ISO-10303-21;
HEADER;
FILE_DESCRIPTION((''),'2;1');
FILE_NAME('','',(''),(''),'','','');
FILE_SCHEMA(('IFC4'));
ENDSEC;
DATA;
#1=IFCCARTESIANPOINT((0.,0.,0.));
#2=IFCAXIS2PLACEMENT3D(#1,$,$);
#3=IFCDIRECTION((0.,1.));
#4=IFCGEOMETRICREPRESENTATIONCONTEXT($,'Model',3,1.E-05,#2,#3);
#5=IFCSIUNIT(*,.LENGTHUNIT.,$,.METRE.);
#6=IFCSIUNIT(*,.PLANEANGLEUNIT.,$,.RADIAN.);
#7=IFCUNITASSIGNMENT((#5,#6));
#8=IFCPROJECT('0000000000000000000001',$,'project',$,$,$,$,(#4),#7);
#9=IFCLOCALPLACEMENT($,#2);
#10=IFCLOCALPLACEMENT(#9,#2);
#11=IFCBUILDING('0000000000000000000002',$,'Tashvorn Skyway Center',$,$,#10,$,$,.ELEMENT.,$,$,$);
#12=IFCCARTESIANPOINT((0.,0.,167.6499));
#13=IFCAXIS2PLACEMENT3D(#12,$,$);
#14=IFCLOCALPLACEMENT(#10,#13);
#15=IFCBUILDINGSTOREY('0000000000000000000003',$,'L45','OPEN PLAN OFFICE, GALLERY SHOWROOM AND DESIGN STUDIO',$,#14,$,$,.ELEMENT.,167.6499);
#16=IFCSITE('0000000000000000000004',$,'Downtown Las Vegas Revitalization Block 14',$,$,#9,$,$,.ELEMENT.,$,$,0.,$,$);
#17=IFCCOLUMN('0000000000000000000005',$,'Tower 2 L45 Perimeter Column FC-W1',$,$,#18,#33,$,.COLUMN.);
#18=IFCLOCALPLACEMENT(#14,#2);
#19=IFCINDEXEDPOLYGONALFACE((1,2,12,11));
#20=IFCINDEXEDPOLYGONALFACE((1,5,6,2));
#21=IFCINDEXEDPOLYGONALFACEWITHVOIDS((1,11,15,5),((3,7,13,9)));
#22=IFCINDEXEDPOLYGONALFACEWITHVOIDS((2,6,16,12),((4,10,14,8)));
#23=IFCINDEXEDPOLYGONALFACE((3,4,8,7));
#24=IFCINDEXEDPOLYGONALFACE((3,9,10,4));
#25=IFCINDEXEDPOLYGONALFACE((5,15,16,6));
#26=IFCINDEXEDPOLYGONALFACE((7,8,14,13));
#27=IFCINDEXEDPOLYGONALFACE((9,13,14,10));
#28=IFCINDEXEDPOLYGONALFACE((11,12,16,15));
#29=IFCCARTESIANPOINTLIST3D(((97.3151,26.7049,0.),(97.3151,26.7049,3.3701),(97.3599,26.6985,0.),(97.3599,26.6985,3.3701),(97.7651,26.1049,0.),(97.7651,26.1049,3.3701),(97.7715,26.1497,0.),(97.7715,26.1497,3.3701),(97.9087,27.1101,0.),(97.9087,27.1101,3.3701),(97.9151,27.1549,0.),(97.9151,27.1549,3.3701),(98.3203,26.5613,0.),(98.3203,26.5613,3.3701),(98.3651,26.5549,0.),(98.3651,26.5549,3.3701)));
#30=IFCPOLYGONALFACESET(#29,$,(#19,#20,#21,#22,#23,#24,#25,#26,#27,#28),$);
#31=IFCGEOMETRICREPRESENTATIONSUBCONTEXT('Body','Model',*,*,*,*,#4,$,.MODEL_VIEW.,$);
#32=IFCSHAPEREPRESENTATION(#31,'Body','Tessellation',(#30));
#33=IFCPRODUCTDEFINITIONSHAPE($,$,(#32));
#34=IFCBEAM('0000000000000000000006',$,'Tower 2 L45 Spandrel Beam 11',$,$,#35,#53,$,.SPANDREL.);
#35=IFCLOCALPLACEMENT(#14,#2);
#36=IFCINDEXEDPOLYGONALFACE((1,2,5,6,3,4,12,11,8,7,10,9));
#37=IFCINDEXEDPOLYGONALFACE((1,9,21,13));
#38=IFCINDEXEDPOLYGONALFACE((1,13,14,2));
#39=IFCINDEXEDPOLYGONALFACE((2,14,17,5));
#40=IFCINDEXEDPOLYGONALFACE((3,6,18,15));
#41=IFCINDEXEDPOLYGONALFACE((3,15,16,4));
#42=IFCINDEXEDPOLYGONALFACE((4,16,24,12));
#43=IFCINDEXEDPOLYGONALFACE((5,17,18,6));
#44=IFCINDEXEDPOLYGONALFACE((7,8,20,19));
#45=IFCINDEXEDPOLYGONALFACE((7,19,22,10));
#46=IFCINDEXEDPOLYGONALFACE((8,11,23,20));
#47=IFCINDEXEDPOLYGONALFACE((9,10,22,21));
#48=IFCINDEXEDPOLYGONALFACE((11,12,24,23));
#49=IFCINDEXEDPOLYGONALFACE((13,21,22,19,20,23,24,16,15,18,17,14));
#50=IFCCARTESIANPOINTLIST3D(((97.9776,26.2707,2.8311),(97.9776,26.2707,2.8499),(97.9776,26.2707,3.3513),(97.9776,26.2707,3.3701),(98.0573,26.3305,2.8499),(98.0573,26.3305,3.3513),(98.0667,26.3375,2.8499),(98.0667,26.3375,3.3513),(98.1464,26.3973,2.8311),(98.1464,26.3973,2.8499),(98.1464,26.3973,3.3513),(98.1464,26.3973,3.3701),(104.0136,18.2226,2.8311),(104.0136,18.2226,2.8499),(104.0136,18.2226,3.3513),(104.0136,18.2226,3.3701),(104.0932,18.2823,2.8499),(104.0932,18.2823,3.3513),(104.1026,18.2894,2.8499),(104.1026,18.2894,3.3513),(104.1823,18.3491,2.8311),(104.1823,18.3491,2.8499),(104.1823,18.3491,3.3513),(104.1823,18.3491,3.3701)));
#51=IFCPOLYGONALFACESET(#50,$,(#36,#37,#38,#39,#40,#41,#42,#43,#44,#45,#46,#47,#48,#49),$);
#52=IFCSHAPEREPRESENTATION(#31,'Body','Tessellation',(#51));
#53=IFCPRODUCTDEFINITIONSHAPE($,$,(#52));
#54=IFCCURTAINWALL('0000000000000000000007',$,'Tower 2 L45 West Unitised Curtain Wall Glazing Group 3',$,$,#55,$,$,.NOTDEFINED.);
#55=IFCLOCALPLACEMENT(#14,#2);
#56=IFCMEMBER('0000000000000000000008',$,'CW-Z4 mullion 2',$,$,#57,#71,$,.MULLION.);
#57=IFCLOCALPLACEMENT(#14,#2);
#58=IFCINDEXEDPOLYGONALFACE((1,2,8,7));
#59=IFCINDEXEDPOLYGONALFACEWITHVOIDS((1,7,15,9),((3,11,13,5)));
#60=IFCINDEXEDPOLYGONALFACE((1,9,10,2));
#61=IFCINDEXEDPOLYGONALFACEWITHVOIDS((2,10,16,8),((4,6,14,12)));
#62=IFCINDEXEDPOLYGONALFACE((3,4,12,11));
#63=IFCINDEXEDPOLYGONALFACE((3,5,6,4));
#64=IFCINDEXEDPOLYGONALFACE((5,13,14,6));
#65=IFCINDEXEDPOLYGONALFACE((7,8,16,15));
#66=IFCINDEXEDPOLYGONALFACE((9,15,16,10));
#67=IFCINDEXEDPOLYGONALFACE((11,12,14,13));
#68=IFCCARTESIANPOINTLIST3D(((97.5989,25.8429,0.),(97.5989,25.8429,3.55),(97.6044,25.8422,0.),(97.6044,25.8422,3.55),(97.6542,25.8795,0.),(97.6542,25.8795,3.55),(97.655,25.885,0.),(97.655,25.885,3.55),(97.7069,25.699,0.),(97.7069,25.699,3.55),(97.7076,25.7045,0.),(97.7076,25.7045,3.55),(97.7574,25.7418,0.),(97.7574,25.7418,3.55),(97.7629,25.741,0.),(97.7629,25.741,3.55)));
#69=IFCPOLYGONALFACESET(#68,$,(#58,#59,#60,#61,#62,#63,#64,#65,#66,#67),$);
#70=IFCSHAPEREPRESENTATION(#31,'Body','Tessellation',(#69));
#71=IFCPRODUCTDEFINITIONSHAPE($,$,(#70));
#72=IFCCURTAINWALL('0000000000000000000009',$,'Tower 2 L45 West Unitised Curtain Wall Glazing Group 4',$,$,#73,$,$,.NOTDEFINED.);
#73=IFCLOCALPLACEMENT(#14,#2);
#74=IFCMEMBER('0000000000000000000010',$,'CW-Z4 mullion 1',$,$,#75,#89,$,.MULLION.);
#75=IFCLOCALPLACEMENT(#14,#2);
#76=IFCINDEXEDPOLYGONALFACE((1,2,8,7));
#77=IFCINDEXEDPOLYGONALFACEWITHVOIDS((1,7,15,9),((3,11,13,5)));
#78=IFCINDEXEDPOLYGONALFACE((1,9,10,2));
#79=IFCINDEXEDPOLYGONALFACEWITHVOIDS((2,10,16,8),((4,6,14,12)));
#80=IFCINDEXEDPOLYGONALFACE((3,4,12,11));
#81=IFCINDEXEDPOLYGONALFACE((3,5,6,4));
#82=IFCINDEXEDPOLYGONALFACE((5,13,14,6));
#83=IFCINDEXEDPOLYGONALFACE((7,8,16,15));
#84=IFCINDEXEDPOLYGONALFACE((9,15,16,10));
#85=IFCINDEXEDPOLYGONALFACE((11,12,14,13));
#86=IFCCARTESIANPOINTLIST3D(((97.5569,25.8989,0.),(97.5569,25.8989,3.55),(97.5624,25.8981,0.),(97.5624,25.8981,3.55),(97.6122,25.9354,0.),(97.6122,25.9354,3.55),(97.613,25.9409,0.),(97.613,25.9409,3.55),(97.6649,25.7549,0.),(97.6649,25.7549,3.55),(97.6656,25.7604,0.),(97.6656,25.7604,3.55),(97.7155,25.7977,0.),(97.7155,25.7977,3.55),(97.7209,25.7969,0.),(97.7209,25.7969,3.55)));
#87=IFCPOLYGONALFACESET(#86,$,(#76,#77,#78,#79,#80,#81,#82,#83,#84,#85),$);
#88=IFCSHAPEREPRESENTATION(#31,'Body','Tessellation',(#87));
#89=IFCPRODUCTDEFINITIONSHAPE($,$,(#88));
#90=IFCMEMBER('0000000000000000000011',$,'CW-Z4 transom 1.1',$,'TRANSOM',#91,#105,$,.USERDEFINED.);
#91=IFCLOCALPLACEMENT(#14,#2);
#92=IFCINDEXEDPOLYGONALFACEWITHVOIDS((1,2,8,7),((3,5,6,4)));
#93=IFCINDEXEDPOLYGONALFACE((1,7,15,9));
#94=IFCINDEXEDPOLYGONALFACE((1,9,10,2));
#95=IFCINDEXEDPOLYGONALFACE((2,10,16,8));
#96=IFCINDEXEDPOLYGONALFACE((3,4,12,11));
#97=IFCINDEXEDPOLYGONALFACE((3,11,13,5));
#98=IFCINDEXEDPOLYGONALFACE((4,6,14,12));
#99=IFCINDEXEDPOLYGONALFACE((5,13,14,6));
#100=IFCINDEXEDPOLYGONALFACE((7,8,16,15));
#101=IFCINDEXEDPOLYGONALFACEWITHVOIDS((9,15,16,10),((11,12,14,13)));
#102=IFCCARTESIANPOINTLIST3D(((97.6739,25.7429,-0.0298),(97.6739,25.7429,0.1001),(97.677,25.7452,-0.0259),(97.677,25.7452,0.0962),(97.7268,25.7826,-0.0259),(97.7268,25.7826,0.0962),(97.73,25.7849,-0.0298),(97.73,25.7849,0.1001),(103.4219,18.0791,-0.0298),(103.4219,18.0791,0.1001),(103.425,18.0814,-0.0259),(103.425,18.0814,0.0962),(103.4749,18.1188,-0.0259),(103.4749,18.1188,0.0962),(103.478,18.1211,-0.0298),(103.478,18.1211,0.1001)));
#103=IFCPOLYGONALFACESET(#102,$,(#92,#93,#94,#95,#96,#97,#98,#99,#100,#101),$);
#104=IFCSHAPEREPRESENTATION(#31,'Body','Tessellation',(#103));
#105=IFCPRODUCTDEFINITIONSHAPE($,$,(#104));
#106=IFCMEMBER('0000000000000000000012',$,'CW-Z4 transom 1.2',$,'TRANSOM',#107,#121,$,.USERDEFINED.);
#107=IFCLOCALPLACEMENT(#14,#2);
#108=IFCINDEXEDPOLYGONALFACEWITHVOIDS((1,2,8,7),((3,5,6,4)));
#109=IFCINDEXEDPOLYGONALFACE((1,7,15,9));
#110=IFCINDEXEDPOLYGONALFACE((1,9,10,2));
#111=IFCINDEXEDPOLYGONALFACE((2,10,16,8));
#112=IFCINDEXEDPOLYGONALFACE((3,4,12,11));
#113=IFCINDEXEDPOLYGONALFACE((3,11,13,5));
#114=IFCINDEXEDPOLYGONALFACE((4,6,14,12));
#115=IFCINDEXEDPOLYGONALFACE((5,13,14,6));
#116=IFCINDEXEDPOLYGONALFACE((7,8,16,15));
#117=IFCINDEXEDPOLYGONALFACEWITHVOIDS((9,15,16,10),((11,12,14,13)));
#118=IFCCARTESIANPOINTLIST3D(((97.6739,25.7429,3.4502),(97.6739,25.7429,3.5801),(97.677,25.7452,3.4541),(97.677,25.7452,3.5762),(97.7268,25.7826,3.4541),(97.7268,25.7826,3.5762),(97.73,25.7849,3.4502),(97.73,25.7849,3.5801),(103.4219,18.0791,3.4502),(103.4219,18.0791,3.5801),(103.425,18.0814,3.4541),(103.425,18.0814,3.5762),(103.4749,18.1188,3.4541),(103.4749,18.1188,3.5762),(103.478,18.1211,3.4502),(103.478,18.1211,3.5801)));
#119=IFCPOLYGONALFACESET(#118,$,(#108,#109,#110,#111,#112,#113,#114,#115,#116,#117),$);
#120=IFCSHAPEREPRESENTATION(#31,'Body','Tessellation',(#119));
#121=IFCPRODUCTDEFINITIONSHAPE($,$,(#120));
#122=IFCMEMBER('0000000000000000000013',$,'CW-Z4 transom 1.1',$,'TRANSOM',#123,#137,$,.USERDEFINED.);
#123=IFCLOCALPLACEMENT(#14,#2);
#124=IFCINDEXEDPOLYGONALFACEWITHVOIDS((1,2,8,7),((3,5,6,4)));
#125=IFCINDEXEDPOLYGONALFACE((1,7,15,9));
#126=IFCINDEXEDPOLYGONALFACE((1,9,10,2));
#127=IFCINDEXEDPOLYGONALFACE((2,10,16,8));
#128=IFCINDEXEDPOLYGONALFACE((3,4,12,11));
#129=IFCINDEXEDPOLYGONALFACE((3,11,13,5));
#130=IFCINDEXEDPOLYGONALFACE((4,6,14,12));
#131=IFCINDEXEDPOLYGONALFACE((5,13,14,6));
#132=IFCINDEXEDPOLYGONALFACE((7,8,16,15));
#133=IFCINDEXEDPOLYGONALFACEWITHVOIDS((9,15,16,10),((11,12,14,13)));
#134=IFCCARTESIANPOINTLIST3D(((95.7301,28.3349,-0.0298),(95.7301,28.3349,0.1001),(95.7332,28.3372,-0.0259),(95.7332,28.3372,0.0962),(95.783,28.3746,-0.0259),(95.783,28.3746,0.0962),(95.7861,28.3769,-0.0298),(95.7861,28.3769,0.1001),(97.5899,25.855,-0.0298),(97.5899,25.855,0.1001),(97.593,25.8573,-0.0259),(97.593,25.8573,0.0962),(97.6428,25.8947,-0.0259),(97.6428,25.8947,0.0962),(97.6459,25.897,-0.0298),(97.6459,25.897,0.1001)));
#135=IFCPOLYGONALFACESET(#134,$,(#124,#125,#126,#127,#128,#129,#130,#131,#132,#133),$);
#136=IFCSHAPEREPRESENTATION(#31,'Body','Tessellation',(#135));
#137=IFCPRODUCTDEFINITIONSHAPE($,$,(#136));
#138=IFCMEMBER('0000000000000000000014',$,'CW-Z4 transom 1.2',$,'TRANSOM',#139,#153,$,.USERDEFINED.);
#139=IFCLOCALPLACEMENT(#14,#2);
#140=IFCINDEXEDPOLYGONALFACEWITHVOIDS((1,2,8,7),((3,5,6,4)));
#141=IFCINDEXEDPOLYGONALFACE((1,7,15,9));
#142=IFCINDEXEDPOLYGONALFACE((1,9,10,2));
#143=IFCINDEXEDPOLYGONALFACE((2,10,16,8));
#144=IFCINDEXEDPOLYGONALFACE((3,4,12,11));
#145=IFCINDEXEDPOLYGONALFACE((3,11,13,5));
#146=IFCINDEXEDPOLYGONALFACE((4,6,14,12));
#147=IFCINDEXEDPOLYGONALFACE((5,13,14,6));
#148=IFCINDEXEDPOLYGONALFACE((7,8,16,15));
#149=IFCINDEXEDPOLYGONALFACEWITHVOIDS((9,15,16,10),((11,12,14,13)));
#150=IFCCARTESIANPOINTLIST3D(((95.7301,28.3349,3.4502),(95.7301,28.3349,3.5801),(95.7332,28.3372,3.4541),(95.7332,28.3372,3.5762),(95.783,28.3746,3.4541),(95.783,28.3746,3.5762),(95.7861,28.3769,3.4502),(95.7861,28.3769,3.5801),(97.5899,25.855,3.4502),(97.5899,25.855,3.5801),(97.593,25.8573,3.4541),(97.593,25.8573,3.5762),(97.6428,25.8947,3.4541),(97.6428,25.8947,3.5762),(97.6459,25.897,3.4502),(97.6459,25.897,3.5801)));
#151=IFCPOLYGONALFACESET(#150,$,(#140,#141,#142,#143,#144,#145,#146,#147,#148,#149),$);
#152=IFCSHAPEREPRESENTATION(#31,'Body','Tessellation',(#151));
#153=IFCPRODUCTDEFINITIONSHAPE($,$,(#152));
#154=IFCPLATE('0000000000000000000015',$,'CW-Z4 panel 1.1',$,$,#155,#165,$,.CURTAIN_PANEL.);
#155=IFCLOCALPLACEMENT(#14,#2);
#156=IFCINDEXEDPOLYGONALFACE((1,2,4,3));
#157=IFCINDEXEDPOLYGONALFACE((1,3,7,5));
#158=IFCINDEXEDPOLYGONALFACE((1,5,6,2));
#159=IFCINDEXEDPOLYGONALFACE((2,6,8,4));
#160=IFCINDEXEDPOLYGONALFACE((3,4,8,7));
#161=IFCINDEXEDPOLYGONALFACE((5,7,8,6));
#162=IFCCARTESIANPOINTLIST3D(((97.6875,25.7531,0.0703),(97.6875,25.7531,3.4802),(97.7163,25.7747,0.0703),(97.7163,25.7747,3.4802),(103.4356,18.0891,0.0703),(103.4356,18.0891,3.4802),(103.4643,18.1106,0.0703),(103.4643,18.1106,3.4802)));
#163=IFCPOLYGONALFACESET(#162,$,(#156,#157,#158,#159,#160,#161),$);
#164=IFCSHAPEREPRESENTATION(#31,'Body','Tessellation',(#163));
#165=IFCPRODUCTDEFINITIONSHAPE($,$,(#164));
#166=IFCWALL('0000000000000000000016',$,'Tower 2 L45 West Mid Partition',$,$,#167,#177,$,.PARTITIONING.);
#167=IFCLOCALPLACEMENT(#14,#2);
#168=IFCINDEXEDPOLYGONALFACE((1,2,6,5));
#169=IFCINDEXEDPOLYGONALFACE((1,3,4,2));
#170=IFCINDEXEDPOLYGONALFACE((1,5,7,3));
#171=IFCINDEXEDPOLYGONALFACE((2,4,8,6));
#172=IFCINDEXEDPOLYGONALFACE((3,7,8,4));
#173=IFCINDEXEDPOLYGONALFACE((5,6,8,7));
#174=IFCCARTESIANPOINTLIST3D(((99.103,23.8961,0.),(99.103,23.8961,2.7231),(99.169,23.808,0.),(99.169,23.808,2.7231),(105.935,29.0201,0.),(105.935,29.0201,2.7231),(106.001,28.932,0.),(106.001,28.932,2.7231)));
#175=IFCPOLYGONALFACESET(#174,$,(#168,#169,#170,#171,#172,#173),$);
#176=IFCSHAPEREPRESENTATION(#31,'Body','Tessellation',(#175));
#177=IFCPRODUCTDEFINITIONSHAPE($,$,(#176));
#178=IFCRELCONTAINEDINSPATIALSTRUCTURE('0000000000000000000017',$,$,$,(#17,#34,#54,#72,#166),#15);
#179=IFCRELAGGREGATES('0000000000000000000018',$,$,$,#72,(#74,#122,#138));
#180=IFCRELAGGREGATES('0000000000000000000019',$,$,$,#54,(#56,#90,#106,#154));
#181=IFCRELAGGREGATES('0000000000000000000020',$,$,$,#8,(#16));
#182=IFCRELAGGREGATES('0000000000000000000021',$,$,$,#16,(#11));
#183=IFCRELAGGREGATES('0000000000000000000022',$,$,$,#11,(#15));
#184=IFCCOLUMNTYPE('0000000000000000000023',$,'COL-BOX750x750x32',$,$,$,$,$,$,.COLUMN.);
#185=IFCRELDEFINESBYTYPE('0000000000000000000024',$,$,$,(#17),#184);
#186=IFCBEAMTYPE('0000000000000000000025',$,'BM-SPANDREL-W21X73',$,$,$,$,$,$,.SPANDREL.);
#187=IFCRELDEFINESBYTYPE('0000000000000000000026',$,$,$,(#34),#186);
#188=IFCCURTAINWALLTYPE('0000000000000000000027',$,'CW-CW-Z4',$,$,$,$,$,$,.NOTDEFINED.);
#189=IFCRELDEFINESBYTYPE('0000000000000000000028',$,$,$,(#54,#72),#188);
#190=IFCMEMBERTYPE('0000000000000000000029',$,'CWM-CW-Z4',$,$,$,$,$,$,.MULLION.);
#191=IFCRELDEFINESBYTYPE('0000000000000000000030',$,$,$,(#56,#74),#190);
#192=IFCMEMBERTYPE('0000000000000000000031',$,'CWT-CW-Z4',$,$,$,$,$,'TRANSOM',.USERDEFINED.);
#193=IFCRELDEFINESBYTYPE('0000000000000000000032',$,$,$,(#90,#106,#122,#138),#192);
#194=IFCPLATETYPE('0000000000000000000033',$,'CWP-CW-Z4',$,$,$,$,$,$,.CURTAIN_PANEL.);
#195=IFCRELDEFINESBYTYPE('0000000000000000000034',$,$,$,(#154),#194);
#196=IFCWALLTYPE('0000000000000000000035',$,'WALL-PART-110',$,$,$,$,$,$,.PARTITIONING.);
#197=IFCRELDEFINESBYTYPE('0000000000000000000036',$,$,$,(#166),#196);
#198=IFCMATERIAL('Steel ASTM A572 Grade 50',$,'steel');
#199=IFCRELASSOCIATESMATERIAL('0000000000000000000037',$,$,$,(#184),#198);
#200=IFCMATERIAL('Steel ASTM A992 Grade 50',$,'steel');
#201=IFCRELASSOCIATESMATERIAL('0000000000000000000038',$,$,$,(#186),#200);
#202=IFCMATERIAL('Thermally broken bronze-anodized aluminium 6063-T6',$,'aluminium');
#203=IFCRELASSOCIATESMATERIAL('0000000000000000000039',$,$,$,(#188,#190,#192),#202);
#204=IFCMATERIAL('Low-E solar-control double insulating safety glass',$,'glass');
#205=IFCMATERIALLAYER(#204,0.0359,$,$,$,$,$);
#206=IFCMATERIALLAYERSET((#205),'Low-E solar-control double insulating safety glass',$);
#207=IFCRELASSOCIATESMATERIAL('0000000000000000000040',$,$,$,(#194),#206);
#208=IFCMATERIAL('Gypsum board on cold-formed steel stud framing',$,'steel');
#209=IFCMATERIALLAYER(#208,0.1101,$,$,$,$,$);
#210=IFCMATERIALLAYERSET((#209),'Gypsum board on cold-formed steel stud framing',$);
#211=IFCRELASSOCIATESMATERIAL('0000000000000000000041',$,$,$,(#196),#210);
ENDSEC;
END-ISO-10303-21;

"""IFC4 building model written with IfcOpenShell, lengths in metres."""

from ifc_helpers import new_model, si_unit, direction, frame, frame_2d, origin, origin_2d, place, context, subcontext, project, spatial, rectangle, hollow_rectangle, i_section, extrude, material, layer, layer_set, material_profile, profile_set, type_object, element, aggregate, save


model = new_model("IFC4")

# Units and contexts
model_context = context("Model", 3, precision=1e-05, world=origin(), true_north=direction((0.0, 1.0)))
body_context = subcontext(model_context, "Body", "Model", "MODEL_VIEW")
ifc_project = project(units=[si_unit("LENGTHUNIT", "METRE"), si_unit("PLANEANGLEUNIT", "RADIAN")], contexts=[model_context])

# Site, building, storey
site_placement = place(None, origin())
site = spatial("IfcSite", under=ifc_project, at=site_placement, Name="Downtown Las Vegas Revitalization Block 14", CompositionType="ELEMENT", RefElevation=0.0)
building_placement = place(site_placement, origin())
building = spatial("IfcBuilding", under=site, at=building_placement, Name="Tashvorn Skyway Center", CompositionType="ELEMENT")
storey_placement = place(building_placement, frame((0.0, 0.0, 167.6499)))
storey = spatial("IfcBuildingStorey", under=building, at=storey_placement, Name="L45", Description="OPEN PLAN OFFICE, GALLERY SHOWROOM AND DESIGN STUDIO", CompositionType="ELEMENT", Elevation=167.6499)

# Column
ifc_material_1 = material(Name="Steel ASTM A572 Grade 50", Category="steel")
ifc_material_profile_1 = material_profile(ifc_material_1, hollow_rectangle(XDim=0.75, YDim=0.75, WallThickness=0.032, at=origin_2d()), Name="BOX750x750x32")
ifc_profile_set_1 = profile_set([ifc_material_profile_1], Name="Steel ASTM A572 Grade 50")
column_type = type_object("IfcColumnType", Name="COL-BOX750x750x32", PredefinedType="COLUMN", material=ifc_profile_set_1)
column_placement = place(storey_placement, frame((97.8401, 26.6299, 0.0), z_axis=(0.0, 0.0, 1.0), x_axis=(0.8, 0.6, 0.0)))
element("IfcColumn", 1, at=column_placement, inside=storey, type_object=column_type, Name="Tower 2 L45 Perimeter Column FC-W1", PredefinedType="COLUMN", context=body_context, shape_type="SweptSolid", body=[
    extrude(hollow_rectangle(XDim=0.75, YDim=0.75, WallThickness=0.032, at=origin_2d()), origin(), (0.0, 0.0, 1.0), 3.3701),
])

# Beam
ifc_material_2 = material(Name="Steel ASTM A992 Grade 50", Category="steel")
ifc_material_profile_2 = material_profile(ifc_material_2, i_section(OverallWidth=0.2109, OverallDepth=0.5391, WebThickness=0.0117, FlangeThickness=0.0188, at=origin_2d()), Name="W21X73")
ifc_profile_set_2 = profile_set([ifc_material_profile_2], Name="Steel ASTM A992 Grade 50")
beam_type = type_object("IfcBeamType", Name="BM-SPANDREL-W21X73", PredefinedType="SPANDREL", material=ifc_profile_set_2)
beam_placement = place(storey_placement, frame((98.062, 26.334, 3.1006), z_axis=(0.599988, -0.800009, 0.0), x_axis=(0.800009, 0.599988, 0.0)))
element("IfcBeam", 2, at=beam_placement, inside=storey, type_object=beam_type, Name="Tower 2 L45 Spandrel Beam 11", PredefinedType="SPANDREL", context=body_context, shape_type="SweptSolid", body=[
    extrude(i_section(OverallWidth=0.2109, OverallDepth=0.5391, WebThickness=0.0117, FlangeThickness=0.0188, at=origin_2d()), origin(), (0.0, 0.0, 1.0), 10.0601),
])

# Curtain walls, members
ifc_material_3 = material(Name="Thermally broken bronze-anodized aluminium 6063-T6", Category="aluminium")
curtain_wall_type = type_object("IfcCurtainWallType", Name="CW-CW-Z4", PredefinedType="NOTDEFINED", material=ifc_material_3)
curtain_wall_1_placement = place(storey_placement, origin())
curtain_wall_1 = element("IfcCurtainWall", 3, at=curtain_wall_1_placement, inside=storey, type_object=curtain_wall_type, Name="Tower 2 L45 West Unitised Curtain Wall Glazing Group 3", PredefinedType="NOTDEFINED")
ifc_material_profile_3 = material_profile(ifc_material_3, hollow_rectangle(XDim=0.0701, YDim=0.1799, WallThickness=0.0039, at=origin_2d()), Name="ALU-MULL-70x180")
ifc_profile_set_3 = profile_set([ifc_material_profile_3], Name="Thermally broken bronze-anodized aluminium 6063-T6")
member_type_1 = type_object("IfcMemberType", Name="CWM-CW-Z4", PredefinedType="MULLION", material=ifc_profile_set_3)
member_1_placement = place(storey_placement, frame((97.6809, 25.792, 0.0), z_axis=(0.0, 0.0, 1.0), x_axis=(-0.8, -0.6, 0.0)))
member_1 = element("IfcMember", 4, at=member_1_placement, type_object=member_type_1, Name="CW-Z4 mullion 2", PredefinedType="MULLION", context=body_context, shape_type="SweptSolid", body=[
    extrude(hollow_rectangle(XDim=0.0701, YDim=0.1799, WallThickness=0.0039, at=origin_2d()), origin(), (0.0, 0.0, 1.0), 3.55),
])
curtain_wall_2_placement = place(storey_placement, origin())
curtain_wall_2 = element("IfcCurtainWall", 5, at=curtain_wall_2_placement, inside=storey, type_object=curtain_wall_type, Name="Tower 2 L45 West Unitised Curtain Wall Glazing Group 4", PredefinedType="NOTDEFINED")
member_2_placement = place(storey_placement, frame((97.6389, 25.8479, 0.0), z_axis=(0.0, 0.0, 1.0), x_axis=(-0.8, -0.6, 0.0)))
member_2 = element("IfcMember", 6, at=member_2_placement, type_object=member_type_1, Name="CW-Z4 mullion 1", PredefinedType="MULLION", context=body_context, shape_type="SweptSolid", body=[
    extrude(hollow_rectangle(XDim=0.0701, YDim=0.1799, WallThickness=0.0039, at=origin_2d()), origin(), (0.0, 0.0, 1.0), 3.55),
])

# Members
ifc_material_profile_4 = material_profile(ifc_material_3, hollow_rectangle(XDim=0.0701, YDim=0.1299, WallThickness=0.0039, at=origin_2d()), Name="ALU-TRAN-70x130")
ifc_profile_set_4 = profile_set([ifc_material_profile_4], Name="Thermally broken bronze-anodized aluminium 6063-T6")
member_type_2 = type_object("IfcMemberType", Name="CWT-CW-Z4", ElementType="TRANSOM", PredefinedType="USERDEFINED", material=ifc_profile_set_4)
member_3_placement = place(storey_placement, frame((103.45, 18.1001, 0.0352), z_axis=(-0.600012, 0.799991, 0.0), x_axis=(-0.799991, -0.600012, 0.0)))
member_3 = element("IfcMember", 7, at=member_3_placement, type_object=member_type_2, Name="CW-Z4 transom 1.1", ObjectType="TRANSOM", PredefinedType="USERDEFINED", context=body_context, shape_type="SweptSolid", body=[
    extrude(hollow_rectangle(XDim=0.0701, YDim=0.1299, WallThickness=0.0039, at=origin_2d()), origin(), (0.0, 0.0, 1.0), 9.5798),
])
member_4_placement = place(storey_placement, frame((103.45, 18.1001, 3.5151), z_axis=(-0.600012, 0.799991, 0.0), x_axis=(-0.799991, -0.600012, 0.0)))
member_4 = element("IfcMember", 8, at=member_4_placement, type_object=member_type_2, Name="CW-Z4 transom 1.2", ObjectType="TRANSOM", PredefinedType="USERDEFINED", context=body_context, shape_type="SweptSolid", body=[
    extrude(hollow_rectangle(XDim=0.0701, YDim=0.1299, WallThickness=0.0039, at=origin_2d()), origin(), (0.0, 0.0, 1.0), 9.5798),
])
member_5_placement = place(storey_placement, frame((97.6179, 25.876, 0.0352), z_axis=(-0.599975, 0.800019, 0.0), x_axis=(-0.800019, -0.599975, 0.0)))
member_5 = element("IfcMember", 9, at=member_5_placement, type_object=member_type_2, Name="CW-Z4 transom 1.1", ObjectType="TRANSOM", PredefinedType="USERDEFINED", context=body_context, shape_type="SweptSolid", body=[
    extrude(hollow_rectangle(XDim=0.0701, YDim=0.1299, WallThickness=0.0039, at=origin_2d()), origin(), (0.0, 0.0, 1.0), 3.0999),
])
member_6_placement = place(storey_placement, frame((97.6179, 25.876, 3.5151), z_axis=(-0.599975, 0.800019, 0.0), x_axis=(-0.800019, -0.599975, 0.0)))
member_6 = element("IfcMember", 10, at=member_6_placement, type_object=member_type_2, Name="CW-Z4 transom 1.2", ObjectType="TRANSOM", PredefinedType="USERDEFINED", context=body_context, shape_type="SweptSolid", body=[
    extrude(hollow_rectangle(XDim=0.0701, YDim=0.1299, WallThickness=0.0039, at=origin_2d()), origin(), (0.0, 0.0, 1.0), 3.0999),
])
aggregate(curtain_wall_2, [member_2, member_5, member_6])

# Plate
ifc_material_4 = material(Name="Low-E solar-control double insulating safety glass", Category="glass")
ifc_layer_1 = layer(ifc_material_4, 0.0359)
ifc_layer_set_1 = layer_set([ifc_layer_1], Name="Low-E solar-control double insulating safety glass")
plate_type = type_object("IfcPlateType", Name="CWP-CW-Z4", PredefinedType="CURTAIN_PANEL", material=ifc_layer_set_1)
plate_placement = place(storey_placement, frame((100.5759, 21.9319, 0.0703), z_axis=(0.0, 0.0, 1.0), x_axis=(-0.6, 0.8, 0.0)))
plate = element("IfcPlate", 11, at=plate_placement, type_object=plate_type, Name="CW-Z4 panel 1.1", PredefinedType="CURTAIN_PANEL", context=body_context, shape_type="SweptSolid", body=[
    extrude(rectangle(XDim=9.5801, YDim=0.0359, at=origin_2d()), origin(), (0.0, 0.0, 1.0), 3.4099),
])
aggregate(curtain_wall_1, [member_1, member_3, member_4, plate])

# Wall
ifc_material_5 = material(Name="Gypsum board on cold-formed steel stud framing", Category="steel")
ifc_layer_2 = layer(ifc_material_5, 0.1101)
ifc_layer_set_2 = layer_set([ifc_layer_2], Name="Gypsum board on cold-formed steel stud framing")
wall_type = type_object("IfcWallType", Name="WALL-PART-110", PredefinedType="PARTITIONING", material=ifc_layer_set_2)
wall_placement = place(storey_placement, frame((99.136, 23.8521, 0.0), z_axis=(0.0, 0.0, 1.0), x_axis=(0.8, 0.6, 0.0)))
element("IfcWall", 12, at=wall_placement, inside=storey, type_object=wall_type, Name="Tower 2 L45 West Mid Partition", PredefinedType="PARTITIONING", context=body_context, shape_type="SweptSolid", body=[
    extrude(rectangle(XDim=8.54, YDim=0.1101, at=frame_2d((4.27, 0.0))), origin(), (0.0, 0.0, 1.0), 2.7231),
])

save(model, "model.ifc")
